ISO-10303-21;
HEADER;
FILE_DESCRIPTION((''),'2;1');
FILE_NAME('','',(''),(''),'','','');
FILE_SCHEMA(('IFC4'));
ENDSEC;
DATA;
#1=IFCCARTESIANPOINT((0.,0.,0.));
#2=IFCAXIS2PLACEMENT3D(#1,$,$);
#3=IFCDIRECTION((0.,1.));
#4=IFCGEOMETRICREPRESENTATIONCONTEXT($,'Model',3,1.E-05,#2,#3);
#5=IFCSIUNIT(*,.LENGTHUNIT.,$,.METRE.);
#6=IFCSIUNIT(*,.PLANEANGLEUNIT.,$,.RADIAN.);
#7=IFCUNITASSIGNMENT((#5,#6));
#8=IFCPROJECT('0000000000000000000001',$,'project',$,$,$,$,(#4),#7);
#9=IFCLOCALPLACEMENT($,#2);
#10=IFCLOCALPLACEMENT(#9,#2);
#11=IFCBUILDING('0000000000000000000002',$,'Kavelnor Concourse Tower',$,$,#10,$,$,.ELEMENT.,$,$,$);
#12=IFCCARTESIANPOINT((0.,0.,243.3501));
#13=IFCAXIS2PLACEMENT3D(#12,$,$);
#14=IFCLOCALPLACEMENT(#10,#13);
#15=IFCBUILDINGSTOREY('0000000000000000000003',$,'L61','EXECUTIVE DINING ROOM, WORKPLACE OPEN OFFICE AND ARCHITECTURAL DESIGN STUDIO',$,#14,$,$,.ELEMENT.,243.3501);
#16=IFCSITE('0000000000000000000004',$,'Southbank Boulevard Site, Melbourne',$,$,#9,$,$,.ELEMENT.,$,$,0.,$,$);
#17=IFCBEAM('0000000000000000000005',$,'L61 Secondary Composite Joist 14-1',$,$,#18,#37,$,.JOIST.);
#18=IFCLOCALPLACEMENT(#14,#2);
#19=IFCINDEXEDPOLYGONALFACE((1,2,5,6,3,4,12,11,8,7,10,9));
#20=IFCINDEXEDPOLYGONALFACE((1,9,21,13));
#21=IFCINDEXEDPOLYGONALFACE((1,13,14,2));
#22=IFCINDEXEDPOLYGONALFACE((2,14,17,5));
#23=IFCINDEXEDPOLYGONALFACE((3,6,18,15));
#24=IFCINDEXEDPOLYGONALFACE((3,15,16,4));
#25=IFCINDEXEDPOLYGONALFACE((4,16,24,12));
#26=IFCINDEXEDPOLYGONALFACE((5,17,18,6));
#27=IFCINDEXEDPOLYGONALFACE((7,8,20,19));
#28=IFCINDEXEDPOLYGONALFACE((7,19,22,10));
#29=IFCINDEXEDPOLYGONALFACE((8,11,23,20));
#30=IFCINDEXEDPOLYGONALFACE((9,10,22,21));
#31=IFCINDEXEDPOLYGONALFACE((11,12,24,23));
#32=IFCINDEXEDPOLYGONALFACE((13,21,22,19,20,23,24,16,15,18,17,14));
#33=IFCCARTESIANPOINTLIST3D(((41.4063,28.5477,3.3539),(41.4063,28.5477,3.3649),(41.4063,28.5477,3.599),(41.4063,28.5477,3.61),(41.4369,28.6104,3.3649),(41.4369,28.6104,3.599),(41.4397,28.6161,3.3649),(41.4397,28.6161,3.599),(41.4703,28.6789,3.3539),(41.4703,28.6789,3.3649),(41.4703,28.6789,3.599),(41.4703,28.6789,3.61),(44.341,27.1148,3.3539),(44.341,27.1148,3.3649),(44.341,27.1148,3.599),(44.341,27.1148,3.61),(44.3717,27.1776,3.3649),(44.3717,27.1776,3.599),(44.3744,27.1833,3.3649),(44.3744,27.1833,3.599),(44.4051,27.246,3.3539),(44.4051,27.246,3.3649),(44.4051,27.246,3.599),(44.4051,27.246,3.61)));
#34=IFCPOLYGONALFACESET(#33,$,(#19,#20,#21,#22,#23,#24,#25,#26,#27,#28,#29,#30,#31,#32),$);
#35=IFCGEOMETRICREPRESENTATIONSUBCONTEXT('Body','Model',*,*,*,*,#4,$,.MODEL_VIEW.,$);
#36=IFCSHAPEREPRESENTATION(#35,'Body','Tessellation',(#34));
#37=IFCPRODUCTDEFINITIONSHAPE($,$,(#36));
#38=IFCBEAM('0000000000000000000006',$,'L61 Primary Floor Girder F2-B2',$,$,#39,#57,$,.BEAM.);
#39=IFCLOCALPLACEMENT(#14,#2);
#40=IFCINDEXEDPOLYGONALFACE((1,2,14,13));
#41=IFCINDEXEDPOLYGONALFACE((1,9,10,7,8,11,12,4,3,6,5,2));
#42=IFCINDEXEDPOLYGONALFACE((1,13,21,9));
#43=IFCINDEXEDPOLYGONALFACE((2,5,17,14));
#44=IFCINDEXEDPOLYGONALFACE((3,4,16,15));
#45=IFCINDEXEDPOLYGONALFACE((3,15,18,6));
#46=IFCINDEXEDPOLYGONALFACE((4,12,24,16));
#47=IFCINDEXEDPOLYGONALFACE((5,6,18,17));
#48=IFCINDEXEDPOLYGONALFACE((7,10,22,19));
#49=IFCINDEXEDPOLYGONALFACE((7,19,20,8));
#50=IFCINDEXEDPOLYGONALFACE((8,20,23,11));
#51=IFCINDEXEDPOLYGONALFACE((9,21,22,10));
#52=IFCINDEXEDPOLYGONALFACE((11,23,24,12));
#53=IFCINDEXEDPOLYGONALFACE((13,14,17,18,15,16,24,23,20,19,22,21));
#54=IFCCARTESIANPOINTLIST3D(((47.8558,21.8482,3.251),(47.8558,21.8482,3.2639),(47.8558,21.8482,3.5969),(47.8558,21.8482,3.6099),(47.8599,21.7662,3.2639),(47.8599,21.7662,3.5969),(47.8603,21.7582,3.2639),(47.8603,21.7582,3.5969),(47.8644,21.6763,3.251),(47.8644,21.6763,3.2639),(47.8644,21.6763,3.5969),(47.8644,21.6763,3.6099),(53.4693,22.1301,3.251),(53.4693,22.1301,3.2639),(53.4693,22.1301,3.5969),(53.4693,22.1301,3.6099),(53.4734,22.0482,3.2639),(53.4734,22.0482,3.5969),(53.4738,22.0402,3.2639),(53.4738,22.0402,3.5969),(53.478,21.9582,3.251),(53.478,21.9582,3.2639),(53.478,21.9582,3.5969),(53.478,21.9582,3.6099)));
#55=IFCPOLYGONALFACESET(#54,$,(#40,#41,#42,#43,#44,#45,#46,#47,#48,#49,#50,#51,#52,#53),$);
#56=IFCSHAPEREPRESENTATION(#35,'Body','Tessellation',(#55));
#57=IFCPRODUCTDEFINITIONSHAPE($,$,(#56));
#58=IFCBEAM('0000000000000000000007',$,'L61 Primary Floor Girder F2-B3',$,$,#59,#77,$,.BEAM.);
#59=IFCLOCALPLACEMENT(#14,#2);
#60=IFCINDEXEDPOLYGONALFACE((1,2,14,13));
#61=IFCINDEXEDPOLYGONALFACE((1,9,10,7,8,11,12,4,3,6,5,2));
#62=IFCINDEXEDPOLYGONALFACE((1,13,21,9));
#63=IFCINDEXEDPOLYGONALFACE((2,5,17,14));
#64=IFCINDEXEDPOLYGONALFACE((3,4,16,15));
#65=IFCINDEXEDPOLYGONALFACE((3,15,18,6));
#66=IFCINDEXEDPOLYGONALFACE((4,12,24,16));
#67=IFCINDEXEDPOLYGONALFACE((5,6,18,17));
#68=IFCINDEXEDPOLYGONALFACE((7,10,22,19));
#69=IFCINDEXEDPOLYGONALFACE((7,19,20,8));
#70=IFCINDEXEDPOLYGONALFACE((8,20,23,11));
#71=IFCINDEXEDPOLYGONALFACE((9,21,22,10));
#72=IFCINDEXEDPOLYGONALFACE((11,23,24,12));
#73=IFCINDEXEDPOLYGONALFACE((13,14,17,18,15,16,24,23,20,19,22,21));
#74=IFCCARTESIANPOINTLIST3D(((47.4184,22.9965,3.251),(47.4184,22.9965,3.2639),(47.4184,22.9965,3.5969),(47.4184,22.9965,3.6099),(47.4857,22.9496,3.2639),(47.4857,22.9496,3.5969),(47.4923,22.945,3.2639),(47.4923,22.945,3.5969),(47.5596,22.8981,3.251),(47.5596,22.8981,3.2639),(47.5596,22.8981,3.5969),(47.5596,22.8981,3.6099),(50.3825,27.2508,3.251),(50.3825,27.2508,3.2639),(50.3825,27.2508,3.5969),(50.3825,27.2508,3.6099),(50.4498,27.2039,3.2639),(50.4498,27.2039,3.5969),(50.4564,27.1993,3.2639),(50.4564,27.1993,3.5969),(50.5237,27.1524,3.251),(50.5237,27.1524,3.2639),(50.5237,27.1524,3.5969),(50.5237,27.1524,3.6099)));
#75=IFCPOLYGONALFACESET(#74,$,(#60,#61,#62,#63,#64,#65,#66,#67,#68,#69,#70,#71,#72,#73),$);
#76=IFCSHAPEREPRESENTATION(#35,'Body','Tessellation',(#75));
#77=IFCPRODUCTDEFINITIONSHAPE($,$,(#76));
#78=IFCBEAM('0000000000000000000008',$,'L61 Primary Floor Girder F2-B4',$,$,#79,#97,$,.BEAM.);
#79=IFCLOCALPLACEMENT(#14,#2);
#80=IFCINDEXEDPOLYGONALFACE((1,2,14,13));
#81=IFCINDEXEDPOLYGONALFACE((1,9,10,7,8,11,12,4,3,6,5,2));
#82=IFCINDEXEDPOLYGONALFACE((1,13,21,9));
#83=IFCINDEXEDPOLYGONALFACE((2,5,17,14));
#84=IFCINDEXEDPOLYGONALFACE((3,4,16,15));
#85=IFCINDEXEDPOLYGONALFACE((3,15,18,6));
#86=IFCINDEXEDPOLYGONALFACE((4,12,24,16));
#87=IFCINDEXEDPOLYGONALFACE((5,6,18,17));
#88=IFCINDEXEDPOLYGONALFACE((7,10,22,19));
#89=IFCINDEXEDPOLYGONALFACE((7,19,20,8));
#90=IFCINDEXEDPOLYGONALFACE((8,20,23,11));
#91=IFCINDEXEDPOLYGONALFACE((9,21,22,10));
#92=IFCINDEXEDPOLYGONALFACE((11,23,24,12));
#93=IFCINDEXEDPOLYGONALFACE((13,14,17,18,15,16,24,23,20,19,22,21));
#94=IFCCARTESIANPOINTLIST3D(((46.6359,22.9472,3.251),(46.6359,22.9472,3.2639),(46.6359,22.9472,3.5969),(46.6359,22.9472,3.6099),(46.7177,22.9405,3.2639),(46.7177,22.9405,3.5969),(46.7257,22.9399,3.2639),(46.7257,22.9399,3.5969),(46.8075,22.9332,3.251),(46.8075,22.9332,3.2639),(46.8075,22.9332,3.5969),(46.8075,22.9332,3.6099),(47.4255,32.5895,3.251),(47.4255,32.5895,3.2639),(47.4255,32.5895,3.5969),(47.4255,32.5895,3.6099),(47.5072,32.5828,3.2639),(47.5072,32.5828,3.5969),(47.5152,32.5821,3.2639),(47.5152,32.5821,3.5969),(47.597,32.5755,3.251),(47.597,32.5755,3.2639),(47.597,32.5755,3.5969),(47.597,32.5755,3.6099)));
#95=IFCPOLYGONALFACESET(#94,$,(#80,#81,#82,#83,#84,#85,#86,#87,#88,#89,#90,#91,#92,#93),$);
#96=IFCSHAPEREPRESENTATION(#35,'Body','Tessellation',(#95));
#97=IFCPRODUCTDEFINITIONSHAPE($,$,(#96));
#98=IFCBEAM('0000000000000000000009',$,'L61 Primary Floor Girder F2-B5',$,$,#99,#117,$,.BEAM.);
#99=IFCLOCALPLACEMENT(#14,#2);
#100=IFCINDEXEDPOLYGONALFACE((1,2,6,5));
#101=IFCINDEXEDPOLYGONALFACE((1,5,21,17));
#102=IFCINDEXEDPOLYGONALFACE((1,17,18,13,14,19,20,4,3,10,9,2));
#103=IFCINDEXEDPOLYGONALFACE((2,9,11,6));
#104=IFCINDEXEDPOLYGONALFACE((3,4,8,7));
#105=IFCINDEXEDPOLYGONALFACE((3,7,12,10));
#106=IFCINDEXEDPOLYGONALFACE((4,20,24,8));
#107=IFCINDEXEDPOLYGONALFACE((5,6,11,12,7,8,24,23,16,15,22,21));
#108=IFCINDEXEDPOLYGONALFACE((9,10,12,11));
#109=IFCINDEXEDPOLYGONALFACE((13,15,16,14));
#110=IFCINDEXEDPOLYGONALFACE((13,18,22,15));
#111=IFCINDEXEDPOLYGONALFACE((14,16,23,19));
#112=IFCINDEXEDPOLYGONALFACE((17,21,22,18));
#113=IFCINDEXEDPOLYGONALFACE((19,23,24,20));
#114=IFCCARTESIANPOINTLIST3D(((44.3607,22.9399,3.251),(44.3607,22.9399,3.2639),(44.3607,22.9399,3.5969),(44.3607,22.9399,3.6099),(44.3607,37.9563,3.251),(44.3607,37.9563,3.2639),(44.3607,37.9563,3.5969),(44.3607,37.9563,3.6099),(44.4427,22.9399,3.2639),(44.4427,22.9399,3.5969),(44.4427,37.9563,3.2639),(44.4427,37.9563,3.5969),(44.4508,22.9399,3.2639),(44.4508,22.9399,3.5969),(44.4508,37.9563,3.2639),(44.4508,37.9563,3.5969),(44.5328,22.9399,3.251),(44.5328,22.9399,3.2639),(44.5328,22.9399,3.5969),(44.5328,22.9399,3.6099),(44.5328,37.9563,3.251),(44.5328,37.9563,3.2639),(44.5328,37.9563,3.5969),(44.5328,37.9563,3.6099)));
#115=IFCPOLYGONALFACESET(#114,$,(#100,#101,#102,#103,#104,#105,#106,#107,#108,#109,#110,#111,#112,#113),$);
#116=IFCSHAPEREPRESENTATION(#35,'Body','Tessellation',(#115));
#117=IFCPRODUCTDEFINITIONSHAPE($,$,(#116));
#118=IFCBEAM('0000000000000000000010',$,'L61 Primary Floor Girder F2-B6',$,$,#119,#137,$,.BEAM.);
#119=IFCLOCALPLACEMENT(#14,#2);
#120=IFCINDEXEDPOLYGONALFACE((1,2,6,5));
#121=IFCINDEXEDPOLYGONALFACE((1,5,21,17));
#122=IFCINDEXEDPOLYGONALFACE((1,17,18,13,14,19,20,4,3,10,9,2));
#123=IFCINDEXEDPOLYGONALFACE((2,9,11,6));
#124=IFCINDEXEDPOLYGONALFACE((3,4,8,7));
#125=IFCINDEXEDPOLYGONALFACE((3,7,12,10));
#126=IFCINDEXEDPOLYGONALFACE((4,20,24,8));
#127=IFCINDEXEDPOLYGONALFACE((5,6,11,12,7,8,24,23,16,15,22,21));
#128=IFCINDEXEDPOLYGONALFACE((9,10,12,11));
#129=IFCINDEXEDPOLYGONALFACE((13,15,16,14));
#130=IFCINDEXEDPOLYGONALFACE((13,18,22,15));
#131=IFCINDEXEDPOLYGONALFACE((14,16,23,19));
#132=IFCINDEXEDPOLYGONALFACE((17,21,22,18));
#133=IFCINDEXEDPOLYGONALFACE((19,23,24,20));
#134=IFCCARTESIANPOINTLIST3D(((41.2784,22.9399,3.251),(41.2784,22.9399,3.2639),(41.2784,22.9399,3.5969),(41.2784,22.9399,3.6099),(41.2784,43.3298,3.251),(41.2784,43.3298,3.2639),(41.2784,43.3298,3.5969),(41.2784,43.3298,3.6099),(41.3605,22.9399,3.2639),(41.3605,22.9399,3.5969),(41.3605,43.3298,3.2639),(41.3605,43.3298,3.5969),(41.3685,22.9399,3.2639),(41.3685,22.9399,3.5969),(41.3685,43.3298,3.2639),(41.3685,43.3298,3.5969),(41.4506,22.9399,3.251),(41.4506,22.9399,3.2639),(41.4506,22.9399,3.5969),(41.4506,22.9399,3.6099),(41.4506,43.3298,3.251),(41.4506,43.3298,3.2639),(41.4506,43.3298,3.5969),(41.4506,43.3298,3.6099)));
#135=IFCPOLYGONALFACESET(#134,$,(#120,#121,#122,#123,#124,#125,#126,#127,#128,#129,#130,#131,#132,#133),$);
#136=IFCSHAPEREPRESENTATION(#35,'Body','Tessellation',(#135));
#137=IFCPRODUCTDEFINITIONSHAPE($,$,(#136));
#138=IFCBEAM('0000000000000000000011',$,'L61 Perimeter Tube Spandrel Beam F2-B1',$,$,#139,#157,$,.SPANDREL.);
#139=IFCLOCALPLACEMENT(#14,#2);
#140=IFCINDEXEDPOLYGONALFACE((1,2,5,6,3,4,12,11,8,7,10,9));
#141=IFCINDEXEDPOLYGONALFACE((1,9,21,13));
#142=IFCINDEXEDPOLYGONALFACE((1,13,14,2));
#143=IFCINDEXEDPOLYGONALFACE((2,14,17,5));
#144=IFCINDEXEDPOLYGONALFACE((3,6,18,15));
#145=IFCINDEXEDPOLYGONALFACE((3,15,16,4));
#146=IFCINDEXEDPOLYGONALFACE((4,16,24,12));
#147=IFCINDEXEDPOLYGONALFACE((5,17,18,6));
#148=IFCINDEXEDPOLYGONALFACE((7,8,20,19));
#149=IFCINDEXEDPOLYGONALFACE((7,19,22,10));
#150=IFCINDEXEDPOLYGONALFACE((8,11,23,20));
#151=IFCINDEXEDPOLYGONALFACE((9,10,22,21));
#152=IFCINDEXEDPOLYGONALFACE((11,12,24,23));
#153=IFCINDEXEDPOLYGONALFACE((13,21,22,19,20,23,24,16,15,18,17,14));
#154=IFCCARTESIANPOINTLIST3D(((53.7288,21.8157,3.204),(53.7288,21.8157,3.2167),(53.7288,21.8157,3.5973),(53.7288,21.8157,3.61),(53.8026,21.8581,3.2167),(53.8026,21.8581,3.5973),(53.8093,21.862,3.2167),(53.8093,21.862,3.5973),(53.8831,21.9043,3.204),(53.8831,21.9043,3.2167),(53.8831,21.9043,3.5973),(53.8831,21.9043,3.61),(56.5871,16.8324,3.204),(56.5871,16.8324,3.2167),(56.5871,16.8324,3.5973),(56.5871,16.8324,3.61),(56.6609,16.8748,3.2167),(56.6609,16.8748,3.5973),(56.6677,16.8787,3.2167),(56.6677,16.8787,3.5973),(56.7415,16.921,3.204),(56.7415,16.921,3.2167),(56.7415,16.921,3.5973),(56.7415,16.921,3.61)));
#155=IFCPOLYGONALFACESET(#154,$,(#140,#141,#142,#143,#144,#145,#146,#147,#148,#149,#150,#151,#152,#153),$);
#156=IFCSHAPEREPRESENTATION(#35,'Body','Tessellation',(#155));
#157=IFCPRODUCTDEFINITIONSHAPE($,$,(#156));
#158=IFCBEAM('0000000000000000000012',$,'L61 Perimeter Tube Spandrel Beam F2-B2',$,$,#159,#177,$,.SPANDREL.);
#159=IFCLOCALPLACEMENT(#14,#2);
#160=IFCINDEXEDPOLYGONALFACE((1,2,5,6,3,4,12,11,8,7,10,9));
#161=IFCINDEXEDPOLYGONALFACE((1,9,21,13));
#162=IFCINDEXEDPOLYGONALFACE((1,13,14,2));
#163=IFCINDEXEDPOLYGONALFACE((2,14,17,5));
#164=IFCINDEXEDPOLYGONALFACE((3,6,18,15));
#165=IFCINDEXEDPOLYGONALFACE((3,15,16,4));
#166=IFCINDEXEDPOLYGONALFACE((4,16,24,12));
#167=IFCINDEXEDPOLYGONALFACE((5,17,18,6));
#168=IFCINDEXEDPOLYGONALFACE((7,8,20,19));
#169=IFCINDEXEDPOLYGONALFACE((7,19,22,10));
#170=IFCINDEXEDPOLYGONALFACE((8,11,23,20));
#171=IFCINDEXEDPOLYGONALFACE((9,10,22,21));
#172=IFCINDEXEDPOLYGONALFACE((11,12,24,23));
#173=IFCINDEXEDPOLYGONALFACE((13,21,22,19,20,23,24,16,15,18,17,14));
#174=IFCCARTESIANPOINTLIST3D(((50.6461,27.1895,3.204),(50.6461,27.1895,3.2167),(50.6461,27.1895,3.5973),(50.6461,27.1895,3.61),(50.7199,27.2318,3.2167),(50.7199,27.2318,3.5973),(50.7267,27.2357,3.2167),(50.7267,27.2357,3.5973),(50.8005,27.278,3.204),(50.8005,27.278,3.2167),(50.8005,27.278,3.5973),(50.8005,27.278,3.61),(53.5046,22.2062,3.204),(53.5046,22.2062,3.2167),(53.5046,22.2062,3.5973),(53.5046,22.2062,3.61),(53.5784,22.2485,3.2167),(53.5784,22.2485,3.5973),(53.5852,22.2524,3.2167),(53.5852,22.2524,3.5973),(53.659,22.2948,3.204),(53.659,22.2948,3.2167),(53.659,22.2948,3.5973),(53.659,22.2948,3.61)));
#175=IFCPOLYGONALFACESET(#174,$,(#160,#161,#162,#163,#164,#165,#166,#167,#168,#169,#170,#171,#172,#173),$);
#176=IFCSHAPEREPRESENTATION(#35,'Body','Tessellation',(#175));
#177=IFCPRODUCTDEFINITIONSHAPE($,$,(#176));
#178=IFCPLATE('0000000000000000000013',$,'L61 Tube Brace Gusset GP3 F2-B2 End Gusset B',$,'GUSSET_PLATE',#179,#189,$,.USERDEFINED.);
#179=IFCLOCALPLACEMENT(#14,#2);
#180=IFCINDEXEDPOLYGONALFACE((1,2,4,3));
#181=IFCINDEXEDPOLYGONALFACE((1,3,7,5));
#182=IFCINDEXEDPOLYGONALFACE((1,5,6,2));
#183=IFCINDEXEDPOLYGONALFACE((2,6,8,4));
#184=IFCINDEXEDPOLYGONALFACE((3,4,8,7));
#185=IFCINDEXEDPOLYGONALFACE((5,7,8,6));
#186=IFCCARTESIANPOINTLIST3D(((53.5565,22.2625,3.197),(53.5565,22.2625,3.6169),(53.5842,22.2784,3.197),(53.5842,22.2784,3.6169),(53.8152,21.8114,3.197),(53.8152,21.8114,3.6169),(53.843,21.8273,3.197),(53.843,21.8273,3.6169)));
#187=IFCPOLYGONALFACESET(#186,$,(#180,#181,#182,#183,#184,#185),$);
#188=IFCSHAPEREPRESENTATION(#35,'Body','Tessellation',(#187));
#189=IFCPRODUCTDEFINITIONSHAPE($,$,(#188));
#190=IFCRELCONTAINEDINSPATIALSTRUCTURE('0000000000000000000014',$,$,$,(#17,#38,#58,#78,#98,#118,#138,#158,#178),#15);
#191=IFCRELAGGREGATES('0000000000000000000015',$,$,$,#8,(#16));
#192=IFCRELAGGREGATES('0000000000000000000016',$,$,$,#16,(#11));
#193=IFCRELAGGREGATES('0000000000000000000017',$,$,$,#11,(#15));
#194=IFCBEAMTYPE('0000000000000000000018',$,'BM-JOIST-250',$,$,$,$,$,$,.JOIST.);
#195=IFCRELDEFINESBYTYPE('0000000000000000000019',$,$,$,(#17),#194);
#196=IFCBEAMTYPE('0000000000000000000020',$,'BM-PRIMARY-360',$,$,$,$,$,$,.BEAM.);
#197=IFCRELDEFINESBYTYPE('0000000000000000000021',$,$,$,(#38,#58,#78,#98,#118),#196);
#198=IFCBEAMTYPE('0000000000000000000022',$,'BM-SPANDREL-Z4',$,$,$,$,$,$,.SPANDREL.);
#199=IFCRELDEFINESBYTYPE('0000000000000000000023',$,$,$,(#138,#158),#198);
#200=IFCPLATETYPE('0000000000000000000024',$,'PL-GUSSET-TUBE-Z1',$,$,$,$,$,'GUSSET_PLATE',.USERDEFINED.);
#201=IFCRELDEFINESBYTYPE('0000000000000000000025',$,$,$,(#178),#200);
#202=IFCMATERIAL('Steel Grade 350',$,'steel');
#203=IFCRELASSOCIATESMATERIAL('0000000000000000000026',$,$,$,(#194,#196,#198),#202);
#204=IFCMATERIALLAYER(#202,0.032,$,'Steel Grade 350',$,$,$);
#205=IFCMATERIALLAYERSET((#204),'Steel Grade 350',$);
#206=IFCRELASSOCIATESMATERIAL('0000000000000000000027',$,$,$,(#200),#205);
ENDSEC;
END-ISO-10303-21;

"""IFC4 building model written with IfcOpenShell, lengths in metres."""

from ifc_helpers import new_model, si_unit, direction, frame, origin, origin_2d, place, context, subcontext, project, spatial, rectangle, i_section, extrude, material, layer, layer_set, material_profile, profile_set, type_object, element, save


model = new_model("IFC4")

# Units and contexts
model_context = context("Model", 3, precision=1e-05, world=origin(), true_north=direction((0.0, 1.0)))
body_context = subcontext(model_context, "Body", "Model", "MODEL_VIEW")
ifc_project = project(units=[si_unit("LENGTHUNIT", "METRE"), si_unit("PLANEANGLEUNIT", "RADIAN")], contexts=[model_context])

# Site, building, storey
site_placement = place(None, origin())
site = spatial("IfcSite", under=ifc_project, at=site_placement, Name="Southbank Boulevard Site, Melbourne", CompositionType="ELEMENT", RefElevation=0.0)
building_placement = place(site_placement, origin())
building = spatial("IfcBuilding", under=site, at=building_placement, Name="Kavelnor Concourse Tower", CompositionType="ELEMENT")
storey_placement = place(building_placement, frame((0.0, 0.0, 243.3501)))
storey = spatial("IfcBuildingStorey", under=building, at=storey_placement, Name="L61", Description="EXECUTIVE DINING ROOM, WORKPLACE OPEN OFFICE AND ARCHITECTURAL DESIGN STUDIO", CompositionType="ELEMENT", Elevation=243.3501)

# Shared definitions
ifc_material_1 = material(Name="Steel Grade 350", Category="steel")

# Beams
ifc_material_profile_1 = material_profile(ifc_material_1, i_section(OverallWidth=0.146, OverallDepth=0.2561, WebThickness=0.0063, FlangeThickness=0.011, at=origin_2d()), Name="250UB37")
ifc_profile_set_1 = profile_set([ifc_material_profile_1], Name="Steel Grade 350")
beam_type_1 = type_object("IfcBeamType", Name="BM-JOIST-250", PredefinedType="JOIST", material=ifc_profile_set_1)
beam_1_placement = place(storey_placement, frame((44.373, 27.1804, 3.4819), z_axis=(-0.898618, 0.438731, 0.0), x_axis=(-0.438731, -0.898618, 0.0)))
element("IfcBeam", 1, at=beam_1_placement, inside=storey, type_object=beam_type_1, Name="L61 Secondary Composite Joist 14-1", PredefinedType="JOIST", context=body_context, shape_type="SweptSolid", body=[
    extrude(i_section(OverallWidth=0.146, OverallDepth=0.2561, WebThickness=0.0063, FlangeThickness=0.011, at=origin_2d()), origin(), (0.0, 0.0, 1.0), 3.2659),
])
ifc_material_profile_2 = material_profile(ifc_material_1, i_section(OverallWidth=0.1721, OverallDepth=0.3589, WebThickness=0.0081, FlangeThickness=0.0129, at=origin_2d()), Name="360UB56")
ifc_profile_set_2 = profile_set([ifc_material_profile_2], Name="Steel Grade 350")
beam_type_2 = type_object("IfcBeamType", Name="BM-PRIMARY-360", PredefinedType="BEAM", material=ifc_profile_set_2)
beam_2_placement = place(storey_placement, frame((47.8601, 21.7622, 3.4304), z_axis=(0.998741, 0.050169, 0.0), x_axis=(-0.050169, 0.998741, 0.0)))
element("IfcBeam", 2, at=beam_2_placement, inside=storey, type_object=beam_type_2, Name="L61 Primary Floor Girder F2-B2", PredefinedType="BEAM", context=body_context, shape_type="SweptSolid", body=[
    extrude(i_section(OverallWidth=0.1721, OverallDepth=0.3589, WebThickness=0.0081, FlangeThickness=0.0129, at=origin_2d()), origin(), (0.0, 0.0, 1.0), 5.6206),
])
beam_3_placement = place(storey_placement, frame((47.489, 22.9473, 3.4304), z_axis=(0.571653, 0.820495, 0.0), x_axis=(-0.820495, 0.571653, 0.0)))
element("IfcBeam", 3, at=beam_3_placement, inside=storey, type_object=beam_type_2, Name="L61 Primary Floor Girder F2-B3", PredefinedType="BEAM", context=body_context, shape_type="SweptSolid", body=[
    extrude(i_section(OverallWidth=0.1721, OverallDepth=0.3589, WebThickness=0.0081, FlangeThickness=0.0129, at=origin_2d()), origin(), (0.0, 0.0, 1.0), 5.1851),
])
beam_4_placement = place(storey_placement, frame((46.7217, 22.9402, 3.4304), z_axis=(0.081611, 0.996664, 0.0), x_axis=(-0.996664, 0.081611, 0.0)))
element("IfcBeam", 4, at=beam_4_placement, inside=storey, type_object=beam_type_2, Name="L61 Primary Floor Girder F2-B4", PredefinedType="BEAM", context=body_context, shape_type="SweptSolid", body=[
    extrude(i_section(OverallWidth=0.1721, OverallDepth=0.3589, WebThickness=0.0081, FlangeThickness=0.0129, at=origin_2d()), origin(), (0.0, 0.0, 1.0), 9.6746),
])
beam_5_placement = place(storey_placement, frame((44.4468, 22.9399, 3.4304), z_axis=(0.0, 1.0, 0.0), x_axis=(-1.0, 0.0, 0.0)))
element("IfcBeam", 5, at=beam_5_placement, inside=storey, type_object=beam_type_2, Name="L61 Primary Floor Girder F2-B5", PredefinedType="BEAM", context=body_context, shape_type="SweptSolid", body=[
    extrude(i_section(OverallWidth=0.1721, OverallDepth=0.3589, WebThickness=0.0081, FlangeThickness=0.0129, at=origin_2d()), origin(), (0.0, 0.0, 1.0), 15.0164),
])
beam_6_placement = place(storey_placement, frame((41.3645, 22.9399, 3.4304), z_axis=(0.0, 1.0, 0.0), x_axis=(-1.0, 0.0, 0.0)))
element("IfcBeam", 6, at=beam_6_placement, inside=storey, type_object=beam_type_2, Name="L61 Primary Floor Girder F2-B6", PredefinedType="BEAM", context=body_context, shape_type="SweptSolid", body=[
    extrude(i_section(OverallWidth=0.1721, OverallDepth=0.3589, WebThickness=0.0081, FlangeThickness=0.0129, at=origin_2d()), origin(), (0.0, 0.0, 1.0), 20.3899),
])
ifc_material_profile_3 = material_profile(ifc_material_1, i_section(OverallWidth=0.178, OverallDepth=0.406, WebThickness=0.0078, FlangeThickness=0.0127, at=origin_2d()), Name="410UB59")
ifc_profile_set_3 = profile_set([ifc_material_profile_3], Name="Steel Grade 350")
beam_type_3 = type_object("IfcBeamType", Name="BM-SPANDREL-Z4", PredefinedType="SPANDREL", material=ifc_profile_set_3)
for number, where, z_axis, x_axis, name in (
    (7, (56.6643, 16.8767, 3.407), (-0.497548, 0.867437, 0.0), (-0.867437, -0.497548, 0.0), "L61 Perimeter Tube Spandrel Beam F2-B1"),
    (8, (53.5818, 22.2505, 3.407), (-0.497566, 0.867426, 0.0), (-0.867426, -0.497566, 0.0), "L61 Perimeter Tube Spandrel Beam F2-B2"),
):
    element("IfcBeam", number, at=place(storey_placement, frame(where, z_axis=z_axis, x_axis=x_axis)), inside=storey, type_object=beam_type_3, Name=name, PredefinedType="SPANDREL", context=body_context, shape_type="SweptSolid", body=[
        extrude(i_section(OverallWidth=0.178, OverallDepth=0.406, WebThickness=0.0078, FlangeThickness=0.0127, at=origin_2d()), origin(), (0.0, 0.0, 1.0), 5.7449),
    ])

# Plate
ifc_layer_1 = layer(ifc_material_1, 0.032, Name="Steel Grade 350")
ifc_layer_set_1 = layer_set([ifc_layer_1], Name="Steel Grade 350")
plate_type = type_object("IfcPlateType", Name="PL-GUSSET-TUBE-Z1", ElementType="GUSSET_PLATE", PredefinedType="USERDEFINED", material=ifc_layer_set_1)
plate_placement = place(storey_placement, frame((53.6997, 22.0449, 3.197), z_axis=(0.0, 0.0, 1.0), x_axis=(0.49758, -0.867418, 0.0)))
element("IfcPlate", 9, at=plate_placement, inside=storey, type_object=plate_type, Name="L61 Tube Brace Gusset GP3 F2-B2 End Gusset B", ObjectType="GUSSET_PLATE", PredefinedType="USERDEFINED", context=body_context, shape_type="SweptSolid", body=[
    extrude(rectangle(XDim=0.52, YDim=0.032, at=origin_2d()), origin(), (0.0, 0.0, 1.0), 0.4199),
])

save(model, "model.ifc")
